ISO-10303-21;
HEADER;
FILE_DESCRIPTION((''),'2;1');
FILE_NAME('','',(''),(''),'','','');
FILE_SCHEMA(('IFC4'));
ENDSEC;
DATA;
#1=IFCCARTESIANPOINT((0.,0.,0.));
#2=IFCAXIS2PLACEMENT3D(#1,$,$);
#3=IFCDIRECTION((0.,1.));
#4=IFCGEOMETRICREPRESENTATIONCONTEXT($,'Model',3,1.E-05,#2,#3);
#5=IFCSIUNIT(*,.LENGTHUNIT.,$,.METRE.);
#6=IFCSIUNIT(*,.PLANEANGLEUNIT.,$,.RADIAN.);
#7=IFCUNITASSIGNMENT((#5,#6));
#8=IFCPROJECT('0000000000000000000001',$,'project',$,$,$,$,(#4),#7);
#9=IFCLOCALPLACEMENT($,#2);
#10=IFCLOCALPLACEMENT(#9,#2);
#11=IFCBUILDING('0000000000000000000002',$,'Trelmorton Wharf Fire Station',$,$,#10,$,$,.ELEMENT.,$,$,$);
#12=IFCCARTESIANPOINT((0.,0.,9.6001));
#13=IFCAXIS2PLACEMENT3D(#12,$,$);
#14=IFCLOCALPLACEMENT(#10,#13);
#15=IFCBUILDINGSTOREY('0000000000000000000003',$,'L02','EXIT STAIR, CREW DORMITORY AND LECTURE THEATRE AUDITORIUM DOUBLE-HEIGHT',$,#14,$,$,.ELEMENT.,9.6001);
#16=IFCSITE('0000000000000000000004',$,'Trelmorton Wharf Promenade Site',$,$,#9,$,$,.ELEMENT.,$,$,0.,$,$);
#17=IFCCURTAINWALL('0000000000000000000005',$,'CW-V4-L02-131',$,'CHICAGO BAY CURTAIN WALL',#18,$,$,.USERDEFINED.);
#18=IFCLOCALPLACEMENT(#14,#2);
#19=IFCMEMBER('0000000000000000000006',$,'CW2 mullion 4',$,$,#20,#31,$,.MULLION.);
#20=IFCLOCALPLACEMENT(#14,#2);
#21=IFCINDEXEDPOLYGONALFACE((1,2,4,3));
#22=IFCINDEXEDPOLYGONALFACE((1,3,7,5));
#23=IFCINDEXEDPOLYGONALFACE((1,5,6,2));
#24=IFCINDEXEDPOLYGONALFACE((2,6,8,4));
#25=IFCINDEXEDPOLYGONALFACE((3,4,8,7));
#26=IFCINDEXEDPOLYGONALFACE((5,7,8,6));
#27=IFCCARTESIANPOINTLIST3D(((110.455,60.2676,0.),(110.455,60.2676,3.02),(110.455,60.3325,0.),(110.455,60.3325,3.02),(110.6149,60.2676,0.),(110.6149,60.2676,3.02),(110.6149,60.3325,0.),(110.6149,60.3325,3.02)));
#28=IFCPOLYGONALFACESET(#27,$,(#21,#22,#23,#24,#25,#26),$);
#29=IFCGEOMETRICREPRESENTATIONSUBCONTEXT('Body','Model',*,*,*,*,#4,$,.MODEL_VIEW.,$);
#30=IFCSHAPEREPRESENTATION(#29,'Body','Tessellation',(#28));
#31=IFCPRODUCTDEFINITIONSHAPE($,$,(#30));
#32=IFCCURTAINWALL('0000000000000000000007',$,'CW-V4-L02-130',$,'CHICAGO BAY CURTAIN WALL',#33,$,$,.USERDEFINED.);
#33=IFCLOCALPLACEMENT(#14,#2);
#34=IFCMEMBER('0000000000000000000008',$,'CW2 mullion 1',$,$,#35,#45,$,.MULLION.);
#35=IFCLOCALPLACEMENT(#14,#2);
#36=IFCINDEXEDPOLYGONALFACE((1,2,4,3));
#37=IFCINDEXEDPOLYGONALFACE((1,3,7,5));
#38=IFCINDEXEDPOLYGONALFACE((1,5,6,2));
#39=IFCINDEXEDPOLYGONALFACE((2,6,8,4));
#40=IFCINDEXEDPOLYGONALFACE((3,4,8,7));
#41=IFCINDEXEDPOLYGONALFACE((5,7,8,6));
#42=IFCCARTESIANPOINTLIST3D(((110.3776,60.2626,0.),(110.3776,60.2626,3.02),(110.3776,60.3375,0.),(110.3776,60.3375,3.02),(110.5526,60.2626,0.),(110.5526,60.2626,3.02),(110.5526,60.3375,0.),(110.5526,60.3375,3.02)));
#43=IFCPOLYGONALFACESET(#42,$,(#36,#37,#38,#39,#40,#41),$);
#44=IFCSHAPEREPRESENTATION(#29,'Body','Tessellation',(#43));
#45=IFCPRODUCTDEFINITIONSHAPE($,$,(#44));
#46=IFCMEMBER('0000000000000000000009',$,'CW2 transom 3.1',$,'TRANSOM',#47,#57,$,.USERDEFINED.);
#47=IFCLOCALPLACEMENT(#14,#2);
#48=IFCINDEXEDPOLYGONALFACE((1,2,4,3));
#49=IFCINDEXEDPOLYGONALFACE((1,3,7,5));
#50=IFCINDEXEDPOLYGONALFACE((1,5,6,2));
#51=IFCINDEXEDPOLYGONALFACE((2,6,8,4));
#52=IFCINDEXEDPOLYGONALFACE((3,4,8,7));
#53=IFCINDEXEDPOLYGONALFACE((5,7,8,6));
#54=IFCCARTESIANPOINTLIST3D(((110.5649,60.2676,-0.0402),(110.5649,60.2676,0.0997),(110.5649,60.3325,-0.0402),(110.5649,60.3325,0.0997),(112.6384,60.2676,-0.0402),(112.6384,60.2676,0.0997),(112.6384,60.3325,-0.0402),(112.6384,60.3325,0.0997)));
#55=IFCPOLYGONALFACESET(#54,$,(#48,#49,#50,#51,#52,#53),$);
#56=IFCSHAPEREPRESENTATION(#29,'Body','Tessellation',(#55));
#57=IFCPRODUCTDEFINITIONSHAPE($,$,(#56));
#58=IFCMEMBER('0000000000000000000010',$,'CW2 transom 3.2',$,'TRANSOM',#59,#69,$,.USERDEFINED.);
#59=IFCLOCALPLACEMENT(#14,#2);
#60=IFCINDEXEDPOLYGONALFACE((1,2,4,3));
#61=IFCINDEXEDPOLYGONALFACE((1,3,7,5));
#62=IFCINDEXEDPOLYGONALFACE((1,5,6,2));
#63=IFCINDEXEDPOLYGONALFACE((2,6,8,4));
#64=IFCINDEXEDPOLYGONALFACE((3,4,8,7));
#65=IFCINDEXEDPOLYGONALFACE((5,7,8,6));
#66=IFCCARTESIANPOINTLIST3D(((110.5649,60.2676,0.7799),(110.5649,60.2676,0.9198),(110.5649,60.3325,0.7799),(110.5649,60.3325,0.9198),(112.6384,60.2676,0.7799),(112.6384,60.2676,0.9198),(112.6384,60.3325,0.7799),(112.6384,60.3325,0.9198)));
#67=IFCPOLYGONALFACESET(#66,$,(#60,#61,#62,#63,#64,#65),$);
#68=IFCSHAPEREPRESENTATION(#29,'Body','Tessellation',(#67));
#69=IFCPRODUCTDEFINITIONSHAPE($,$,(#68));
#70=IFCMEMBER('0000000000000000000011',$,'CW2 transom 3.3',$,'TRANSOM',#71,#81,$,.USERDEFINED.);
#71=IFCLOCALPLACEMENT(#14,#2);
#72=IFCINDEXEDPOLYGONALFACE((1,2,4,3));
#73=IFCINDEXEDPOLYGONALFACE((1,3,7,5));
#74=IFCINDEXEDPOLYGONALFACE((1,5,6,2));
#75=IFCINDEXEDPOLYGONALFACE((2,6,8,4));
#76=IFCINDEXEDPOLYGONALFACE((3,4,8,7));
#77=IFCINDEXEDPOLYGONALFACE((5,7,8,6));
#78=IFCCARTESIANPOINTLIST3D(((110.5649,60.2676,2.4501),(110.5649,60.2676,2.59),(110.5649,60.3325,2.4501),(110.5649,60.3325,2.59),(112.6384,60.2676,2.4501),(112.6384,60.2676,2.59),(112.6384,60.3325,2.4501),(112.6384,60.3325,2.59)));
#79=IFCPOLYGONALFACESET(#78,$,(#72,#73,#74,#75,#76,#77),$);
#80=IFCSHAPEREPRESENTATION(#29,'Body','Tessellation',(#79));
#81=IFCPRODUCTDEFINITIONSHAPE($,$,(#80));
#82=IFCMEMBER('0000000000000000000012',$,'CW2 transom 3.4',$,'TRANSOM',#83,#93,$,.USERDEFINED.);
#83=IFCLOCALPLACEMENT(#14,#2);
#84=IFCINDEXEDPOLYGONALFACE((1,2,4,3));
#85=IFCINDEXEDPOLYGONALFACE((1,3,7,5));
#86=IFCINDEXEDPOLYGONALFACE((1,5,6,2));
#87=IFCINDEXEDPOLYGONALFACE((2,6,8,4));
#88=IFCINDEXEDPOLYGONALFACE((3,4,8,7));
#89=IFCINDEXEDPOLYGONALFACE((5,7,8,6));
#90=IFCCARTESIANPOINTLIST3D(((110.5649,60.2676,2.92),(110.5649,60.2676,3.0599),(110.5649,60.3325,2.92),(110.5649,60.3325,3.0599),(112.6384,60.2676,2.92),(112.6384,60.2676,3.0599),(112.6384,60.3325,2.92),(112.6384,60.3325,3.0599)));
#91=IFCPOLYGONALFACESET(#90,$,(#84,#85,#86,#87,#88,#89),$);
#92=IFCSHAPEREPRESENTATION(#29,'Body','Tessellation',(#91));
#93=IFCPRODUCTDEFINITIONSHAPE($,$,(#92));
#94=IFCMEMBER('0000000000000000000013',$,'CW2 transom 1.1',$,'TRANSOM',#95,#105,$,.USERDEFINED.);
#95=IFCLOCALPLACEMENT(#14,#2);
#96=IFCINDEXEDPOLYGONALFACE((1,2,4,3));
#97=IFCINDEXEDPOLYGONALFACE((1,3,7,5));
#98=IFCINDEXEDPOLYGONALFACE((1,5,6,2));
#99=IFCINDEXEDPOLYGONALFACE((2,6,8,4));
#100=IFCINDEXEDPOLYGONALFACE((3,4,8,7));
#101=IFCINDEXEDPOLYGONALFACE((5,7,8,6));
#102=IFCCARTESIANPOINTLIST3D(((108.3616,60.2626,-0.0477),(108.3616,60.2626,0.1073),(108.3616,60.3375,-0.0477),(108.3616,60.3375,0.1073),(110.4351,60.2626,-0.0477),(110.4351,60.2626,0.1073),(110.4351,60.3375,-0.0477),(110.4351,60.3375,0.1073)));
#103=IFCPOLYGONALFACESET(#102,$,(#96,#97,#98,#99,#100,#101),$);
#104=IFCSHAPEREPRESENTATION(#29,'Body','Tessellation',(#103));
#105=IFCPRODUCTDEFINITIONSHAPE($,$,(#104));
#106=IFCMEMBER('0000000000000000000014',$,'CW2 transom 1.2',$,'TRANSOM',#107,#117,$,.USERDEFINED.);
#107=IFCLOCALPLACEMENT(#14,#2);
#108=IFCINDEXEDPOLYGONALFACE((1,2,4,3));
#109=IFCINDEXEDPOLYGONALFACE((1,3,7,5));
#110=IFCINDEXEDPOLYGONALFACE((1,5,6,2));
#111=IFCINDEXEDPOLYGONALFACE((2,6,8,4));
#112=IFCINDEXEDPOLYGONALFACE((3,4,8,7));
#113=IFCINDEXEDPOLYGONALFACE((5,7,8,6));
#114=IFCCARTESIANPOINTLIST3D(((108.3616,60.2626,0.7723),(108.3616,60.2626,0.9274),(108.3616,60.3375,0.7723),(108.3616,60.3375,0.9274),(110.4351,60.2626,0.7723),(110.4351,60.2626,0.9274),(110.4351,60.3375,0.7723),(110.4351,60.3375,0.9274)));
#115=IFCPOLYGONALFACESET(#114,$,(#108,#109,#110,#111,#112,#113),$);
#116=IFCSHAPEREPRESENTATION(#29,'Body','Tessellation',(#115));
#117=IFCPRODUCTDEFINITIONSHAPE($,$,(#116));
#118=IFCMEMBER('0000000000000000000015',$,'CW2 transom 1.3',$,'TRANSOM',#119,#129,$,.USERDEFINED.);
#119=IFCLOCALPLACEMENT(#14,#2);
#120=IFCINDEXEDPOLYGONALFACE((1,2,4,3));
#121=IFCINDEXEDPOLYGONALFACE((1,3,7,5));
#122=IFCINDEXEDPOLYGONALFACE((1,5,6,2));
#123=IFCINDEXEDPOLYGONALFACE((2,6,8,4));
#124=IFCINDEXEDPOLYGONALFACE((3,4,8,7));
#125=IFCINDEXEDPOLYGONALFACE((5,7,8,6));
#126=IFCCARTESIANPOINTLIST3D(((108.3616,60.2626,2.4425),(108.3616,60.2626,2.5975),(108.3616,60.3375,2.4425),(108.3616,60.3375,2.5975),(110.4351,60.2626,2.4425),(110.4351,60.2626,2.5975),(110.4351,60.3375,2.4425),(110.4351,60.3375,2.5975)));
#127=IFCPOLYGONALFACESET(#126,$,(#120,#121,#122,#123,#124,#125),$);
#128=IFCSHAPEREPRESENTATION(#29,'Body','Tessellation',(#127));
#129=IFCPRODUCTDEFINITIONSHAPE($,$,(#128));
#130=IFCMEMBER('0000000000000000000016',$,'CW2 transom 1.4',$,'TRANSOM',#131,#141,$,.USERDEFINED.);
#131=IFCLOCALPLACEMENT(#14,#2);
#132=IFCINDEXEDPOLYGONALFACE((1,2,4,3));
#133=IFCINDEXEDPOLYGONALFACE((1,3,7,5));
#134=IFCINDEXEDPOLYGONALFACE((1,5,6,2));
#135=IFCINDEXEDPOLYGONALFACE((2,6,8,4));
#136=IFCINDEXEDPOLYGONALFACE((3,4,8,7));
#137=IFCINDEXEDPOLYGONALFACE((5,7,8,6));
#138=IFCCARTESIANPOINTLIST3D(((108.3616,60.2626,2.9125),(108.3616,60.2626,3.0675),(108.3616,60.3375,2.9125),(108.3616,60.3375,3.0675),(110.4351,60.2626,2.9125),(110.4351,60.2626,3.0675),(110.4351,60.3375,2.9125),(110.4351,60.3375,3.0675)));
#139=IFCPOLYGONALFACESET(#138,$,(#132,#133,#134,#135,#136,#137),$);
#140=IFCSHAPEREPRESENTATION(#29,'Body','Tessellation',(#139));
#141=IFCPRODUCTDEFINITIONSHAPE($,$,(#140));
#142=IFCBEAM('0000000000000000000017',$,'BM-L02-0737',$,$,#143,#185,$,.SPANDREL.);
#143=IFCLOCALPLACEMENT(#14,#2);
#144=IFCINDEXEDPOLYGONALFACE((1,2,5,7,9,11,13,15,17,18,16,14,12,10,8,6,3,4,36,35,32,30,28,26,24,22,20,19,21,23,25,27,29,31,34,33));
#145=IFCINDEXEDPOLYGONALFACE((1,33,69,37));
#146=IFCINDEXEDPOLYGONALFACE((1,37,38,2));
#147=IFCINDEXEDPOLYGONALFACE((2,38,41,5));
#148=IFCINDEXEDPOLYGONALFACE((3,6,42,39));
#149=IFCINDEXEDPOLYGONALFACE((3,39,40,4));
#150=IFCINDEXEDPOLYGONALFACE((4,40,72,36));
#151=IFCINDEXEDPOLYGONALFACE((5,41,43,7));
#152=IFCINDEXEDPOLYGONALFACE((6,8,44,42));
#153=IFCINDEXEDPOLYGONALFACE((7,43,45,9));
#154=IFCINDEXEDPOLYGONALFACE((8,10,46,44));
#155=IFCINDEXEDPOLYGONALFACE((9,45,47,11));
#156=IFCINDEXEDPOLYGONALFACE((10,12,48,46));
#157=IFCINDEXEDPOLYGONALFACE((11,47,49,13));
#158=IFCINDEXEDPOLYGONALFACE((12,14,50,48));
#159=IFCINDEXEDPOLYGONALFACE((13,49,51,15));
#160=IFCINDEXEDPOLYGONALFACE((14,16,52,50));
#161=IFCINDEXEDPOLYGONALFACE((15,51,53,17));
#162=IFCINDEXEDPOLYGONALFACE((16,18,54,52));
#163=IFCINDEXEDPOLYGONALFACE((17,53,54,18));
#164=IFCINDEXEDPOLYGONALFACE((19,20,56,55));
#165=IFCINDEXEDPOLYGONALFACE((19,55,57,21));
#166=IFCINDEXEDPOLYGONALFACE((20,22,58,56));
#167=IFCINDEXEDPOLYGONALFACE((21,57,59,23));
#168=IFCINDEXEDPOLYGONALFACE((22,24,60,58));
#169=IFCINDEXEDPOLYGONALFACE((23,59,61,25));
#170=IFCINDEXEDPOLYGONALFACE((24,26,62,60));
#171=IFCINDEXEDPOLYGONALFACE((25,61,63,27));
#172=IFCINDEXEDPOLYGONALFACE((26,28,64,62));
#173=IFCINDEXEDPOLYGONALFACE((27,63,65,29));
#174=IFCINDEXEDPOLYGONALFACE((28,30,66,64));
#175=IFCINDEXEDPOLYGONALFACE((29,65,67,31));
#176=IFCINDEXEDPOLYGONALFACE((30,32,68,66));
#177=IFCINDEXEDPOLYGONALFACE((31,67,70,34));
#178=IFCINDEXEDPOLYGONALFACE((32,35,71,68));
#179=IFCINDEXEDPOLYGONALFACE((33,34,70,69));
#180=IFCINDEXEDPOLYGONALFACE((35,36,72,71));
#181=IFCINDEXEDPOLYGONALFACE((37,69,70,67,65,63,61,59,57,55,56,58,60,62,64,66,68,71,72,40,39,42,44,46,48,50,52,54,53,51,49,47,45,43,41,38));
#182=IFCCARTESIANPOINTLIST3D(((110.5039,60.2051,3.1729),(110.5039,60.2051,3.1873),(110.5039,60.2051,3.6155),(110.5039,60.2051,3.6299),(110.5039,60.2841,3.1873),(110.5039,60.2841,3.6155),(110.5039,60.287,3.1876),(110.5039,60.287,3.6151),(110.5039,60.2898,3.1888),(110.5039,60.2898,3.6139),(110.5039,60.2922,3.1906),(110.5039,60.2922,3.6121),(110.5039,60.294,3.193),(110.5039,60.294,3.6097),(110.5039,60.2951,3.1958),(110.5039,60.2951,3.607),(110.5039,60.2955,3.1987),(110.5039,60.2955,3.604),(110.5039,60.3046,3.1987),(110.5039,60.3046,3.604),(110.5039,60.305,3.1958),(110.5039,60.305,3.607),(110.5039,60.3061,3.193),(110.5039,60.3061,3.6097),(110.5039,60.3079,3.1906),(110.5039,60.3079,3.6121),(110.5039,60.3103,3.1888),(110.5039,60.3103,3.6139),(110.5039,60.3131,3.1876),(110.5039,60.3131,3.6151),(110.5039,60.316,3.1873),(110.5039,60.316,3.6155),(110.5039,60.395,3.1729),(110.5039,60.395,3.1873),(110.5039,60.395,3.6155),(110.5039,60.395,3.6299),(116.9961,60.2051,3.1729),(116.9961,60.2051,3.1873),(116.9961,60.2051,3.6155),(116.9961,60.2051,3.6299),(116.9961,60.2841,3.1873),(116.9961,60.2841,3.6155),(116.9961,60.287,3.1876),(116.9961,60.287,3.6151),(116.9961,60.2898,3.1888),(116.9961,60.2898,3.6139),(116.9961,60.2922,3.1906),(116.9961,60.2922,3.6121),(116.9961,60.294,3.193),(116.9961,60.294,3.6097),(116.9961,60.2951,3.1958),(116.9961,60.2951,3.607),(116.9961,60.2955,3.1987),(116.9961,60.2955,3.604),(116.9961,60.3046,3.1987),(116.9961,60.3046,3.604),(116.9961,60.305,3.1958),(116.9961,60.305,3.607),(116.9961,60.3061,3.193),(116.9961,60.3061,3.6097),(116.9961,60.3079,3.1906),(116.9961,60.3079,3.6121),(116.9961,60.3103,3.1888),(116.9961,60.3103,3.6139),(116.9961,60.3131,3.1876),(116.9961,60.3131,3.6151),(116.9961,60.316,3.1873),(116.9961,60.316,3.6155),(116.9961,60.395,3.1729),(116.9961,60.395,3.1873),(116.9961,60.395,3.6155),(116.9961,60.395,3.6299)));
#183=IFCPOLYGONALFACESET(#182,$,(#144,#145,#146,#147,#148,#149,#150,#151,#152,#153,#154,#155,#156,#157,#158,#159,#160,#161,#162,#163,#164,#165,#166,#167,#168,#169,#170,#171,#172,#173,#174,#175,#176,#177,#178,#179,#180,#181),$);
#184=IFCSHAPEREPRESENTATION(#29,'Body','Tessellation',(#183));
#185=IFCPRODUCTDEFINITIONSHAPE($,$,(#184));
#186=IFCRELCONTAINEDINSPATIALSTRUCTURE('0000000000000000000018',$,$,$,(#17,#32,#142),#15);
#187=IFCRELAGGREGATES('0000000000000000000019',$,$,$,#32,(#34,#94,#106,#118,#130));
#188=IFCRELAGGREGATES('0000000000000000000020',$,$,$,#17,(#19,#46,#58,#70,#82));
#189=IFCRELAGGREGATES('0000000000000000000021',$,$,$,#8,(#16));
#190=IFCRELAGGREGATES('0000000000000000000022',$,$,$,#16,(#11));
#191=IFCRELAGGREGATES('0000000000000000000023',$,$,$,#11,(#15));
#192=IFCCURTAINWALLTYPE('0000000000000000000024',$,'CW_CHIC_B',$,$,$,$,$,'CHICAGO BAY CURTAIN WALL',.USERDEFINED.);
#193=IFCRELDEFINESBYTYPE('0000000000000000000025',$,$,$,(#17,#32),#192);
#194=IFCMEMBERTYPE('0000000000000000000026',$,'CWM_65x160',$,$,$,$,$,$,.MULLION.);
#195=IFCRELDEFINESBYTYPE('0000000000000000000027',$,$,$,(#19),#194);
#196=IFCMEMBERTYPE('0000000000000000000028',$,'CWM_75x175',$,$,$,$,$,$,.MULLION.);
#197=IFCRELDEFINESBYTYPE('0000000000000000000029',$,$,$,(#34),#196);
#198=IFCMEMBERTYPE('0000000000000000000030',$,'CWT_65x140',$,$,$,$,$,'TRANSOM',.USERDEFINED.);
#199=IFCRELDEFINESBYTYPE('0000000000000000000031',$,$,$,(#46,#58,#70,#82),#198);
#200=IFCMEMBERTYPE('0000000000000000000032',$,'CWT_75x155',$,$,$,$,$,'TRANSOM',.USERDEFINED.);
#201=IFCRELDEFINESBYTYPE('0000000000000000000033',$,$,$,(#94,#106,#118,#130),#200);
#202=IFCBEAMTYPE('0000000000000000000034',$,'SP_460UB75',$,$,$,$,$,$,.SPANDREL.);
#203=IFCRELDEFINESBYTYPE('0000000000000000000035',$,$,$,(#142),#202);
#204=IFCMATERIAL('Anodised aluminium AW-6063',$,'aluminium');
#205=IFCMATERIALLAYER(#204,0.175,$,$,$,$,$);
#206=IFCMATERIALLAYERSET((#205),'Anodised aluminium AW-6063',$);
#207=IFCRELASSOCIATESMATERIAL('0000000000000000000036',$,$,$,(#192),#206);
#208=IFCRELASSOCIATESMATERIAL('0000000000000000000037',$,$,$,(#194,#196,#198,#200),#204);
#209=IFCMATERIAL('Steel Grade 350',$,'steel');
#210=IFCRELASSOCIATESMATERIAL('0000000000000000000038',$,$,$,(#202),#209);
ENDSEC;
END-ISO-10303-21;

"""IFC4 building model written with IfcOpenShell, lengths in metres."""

from ifc_helpers import new_model, si_unit, direction, frame, origin, origin_2d, place, context, subcontext, project, spatial, rectangle, i_section, extrude, material, layer, layer_set, material_profile, profile_set, type_object, element, aggregate, save


model = new_model("IFC4")

# Units and contexts
model_context = context("Model", 3, precision=1e-05, world=origin(), true_north=direction((0.0, 1.0)))
body_context = subcontext(model_context, "Body", "Model", "MODEL_VIEW")
ifc_project = project(units=[si_unit("LENGTHUNIT", "METRE"), si_unit("PLANEANGLEUNIT", "RADIAN")], contexts=[model_context])

# Site, building, storey
site_placement = place(None, origin())
site = spatial("IfcSite", under=ifc_project, at=site_placement, Name="Trelmorton Wharf Promenade Site", CompositionType="ELEMENT", RefElevation=0.0)
building_placement = place(site_placement, origin())
building = spatial("IfcBuilding", under=site, at=building_placement, Name="Trelmorton Wharf Fire Station", CompositionType="ELEMENT")
storey_placement = place(building_placement, frame((0.0, 0.0, 9.6001)))
storey = spatial("IfcBuildingStorey", under=building, at=storey_placement, Name="L02", Description="EXIT STAIR, CREW DORMITORY AND LECTURE THEATRE AUDITORIUM DOUBLE-HEIGHT", CompositionType="ELEMENT", Elevation=9.6001)

# Shared definitions
ifc_material_1 = material(Name="Steel Grade 350", Category="steel")

# Curtain walls, members
ifc_material_2 = material(Name="Anodised aluminium AW-6063", Category="aluminium")
ifc_layer_1 = layer(ifc_material_2, 0.175)
ifc_layer_set_1 = layer_set([ifc_layer_1], Name="Anodised aluminium AW-6063")
curtain_wall_type = type_object("IfcCurtainWallType", Name="CW_CHIC_B", ElementType="CHICAGO BAY CURTAIN WALL", PredefinedType="USERDEFINED", material=ifc_layer_set_1)
curtain_wall_1_placement = place(storey_placement, origin())
curtain_wall_1 = element("IfcCurtainWall", 1, at=curtain_wall_1_placement, inside=storey, type_object=curtain_wall_type, Name="CW-V4-L02-131", ObjectType="CHICAGO BAY CURTAIN WALL", PredefinedType="USERDEFINED")
ifc_material_profile_1 = material_profile(ifc_material_2, rectangle(XDim=0.0649, YDim=0.1599, at=origin_2d()), Name="ALU-65x160")
ifc_profile_set_1 = profile_set([ifc_material_profile_1], Name="Anodised aluminium AW-6063")
member_type_1 = type_object("IfcMemberType", Name="CWM_65x160", PredefinedType="MULLION", material=ifc_profile_set_1)
member_1_placement = place(storey_placement, frame((110.5349, 60.3, 0.0), z_axis=(0.0, 0.0, 1.0), x_axis=(0.0, -1.0, 0.0)))
member_1 = element("IfcMember", 2, at=member_1_placement, type_object=member_type_1, Name="CW2 mullion 4", PredefinedType="MULLION", context=body_context, shape_type="SweptSolid", body=[
    extrude(rectangle(XDim=0.0649, YDim=0.1599, at=origin_2d()), origin(), (0.0, 0.0, 1.0), 3.02),
])
curtain_wall_2_placement = place(storey_placement, origin())
curtain_wall_2 = element("IfcCurtainWall", 3, at=curtain_wall_2_placement, inside=storey, type_object=curtain_wall_type, Name="CW-V4-L02-130", ObjectType="CHICAGO BAY CURTAIN WALL", PredefinedType="USERDEFINED")
ifc_material_profile_2 = material_profile(ifc_material_2, rectangle(XDim=0.075, YDim=0.175, at=origin_2d()), Name="ALU-75x175")
ifc_profile_set_2 = profile_set([ifc_material_profile_2], Name="Anodised aluminium AW-6063")
member_type_2 = type_object("IfcMemberType", Name="CWM_75x175", PredefinedType="MULLION", material=ifc_profile_set_2)
member_2_placement = place(storey_placement, frame((110.4651, 60.3, 0.0), z_axis=(0.0, 0.0, 1.0), x_axis=(0.0, -1.0, 0.0)))
member_2 = element("IfcMember", 4, at=member_2_placement, type_object=member_type_2, Name="CW2 mullion 1", PredefinedType="MULLION", context=body_context, shape_type="SweptSolid", body=[
    extrude(rectangle(XDim=0.075, YDim=0.175, at=origin_2d()), origin(), (0.0, 0.0, 1.0), 3.02),
])

# Members
ifc_material_profile_3 = material_profile(ifc_material_2, rectangle(XDim=0.0649, YDim=0.1399, at=origin_2d()), Name="ALU-65x140")
ifc_profile_set_3 = profile_set([ifc_material_profile_3], Name="Anodised aluminium AW-6063")
member_type_3 = type_object("IfcMemberType", Name="CWT_65x140", ElementType="TRANSOM", PredefinedType="USERDEFINED", material=ifc_profile_set_3)
member_3_placement = place(storey_placement, frame((112.6384, 60.3, 0.0298), z_axis=(-1.0, 0.0, 0.0), x_axis=(0.0, -1.0, 0.0)))
member_3 = element("IfcMember", 5, at=member_3_placement, type_object=member_type_3, Name="CW2 transom 3.1", ObjectType="TRANSOM", PredefinedType="USERDEFINED", context=body_context, shape_type="SweptSolid", body=[
    extrude(rectangle(XDim=0.0649, YDim=0.1399, at=origin_2d()), origin(), (0.0, 0.0, 1.0), 2.0735),
])
member_4_placement = place(storey_placement, frame((112.6384, 60.3, 0.8499), z_axis=(-1.0, 0.0, 0.0), x_axis=(0.0, -1.0, 0.0)))
member_4 = element("IfcMember", 6, at=member_4_placement, type_object=member_type_3, Name="CW2 transom 3.2", ObjectType="TRANSOM", PredefinedType="USERDEFINED", context=body_context, shape_type="SweptSolid", body=[
    extrude(rectangle(XDim=0.0649, YDim=0.1399, at=origin_2d()), origin(), (0.0, 0.0, 1.0), 2.0735),
])
member_5_placement = place(storey_placement, frame((112.6384, 60.3, 2.52), z_axis=(-1.0, 0.0, 0.0), x_axis=(0.0, -1.0, 0.0)))
member_5 = element("IfcMember", 7, at=member_5_placement, type_object=member_type_3, Name="CW2 transom 3.3", ObjectType="TRANSOM", PredefinedType="USERDEFINED", context=body_context, shape_type="SweptSolid", body=[
    extrude(rectangle(XDim=0.0649, YDim=0.1399, at=origin_2d()), origin(), (0.0, 0.0, 1.0), 2.0735),
])
member_6_placement = place(storey_placement, frame((112.6384, 60.3, 2.99), z_axis=(-1.0, 0.0, 0.0), x_axis=(0.0, -1.0, 0.0)))
member_6 = element("IfcMember", 8, at=member_6_placement, type_object=member_type_3, Name="CW2 transom 3.4", ObjectType="TRANSOM", PredefinedType="USERDEFINED", context=body_context, shape_type="SweptSolid", body=[
    extrude(rectangle(XDim=0.0649, YDim=0.1399, at=origin_2d()), origin(), (0.0, 0.0, 1.0), 2.0735),
])
ifc_material_profile_4 = material_profile(ifc_material_2, rectangle(XDim=0.075, YDim=0.155, at=origin_2d()), Name="ALU-75x155")
ifc_profile_set_4 = profile_set([ifc_material_profile_4], Name="Anodised aluminium AW-6063")
member_type_4 = type_object("IfcMemberType", Name="CWT_75x155", ElementType="TRANSOM", PredefinedType="USERDEFINED", material=ifc_profile_set_4)
member_7_placement = place(storey_placement, frame((110.4351, 60.3, 0.0298), z_axis=(-1.0, 0.0, 0.0), x_axis=(0.0, -1.0, 0.0)))
member_7 = element("IfcMember", 9, at=member_7_placement, type_object=member_type_4, Name="CW2 transom 1.1", ObjectType="TRANSOM", PredefinedType="USERDEFINED", context=body_context, shape_type="SweptSolid", body=[
    extrude(rectangle(XDim=0.075, YDim=0.155, at=origin_2d()), origin(), (0.0, 0.0, 1.0), 2.0735),
])
member_8_placement = place(storey_placement, frame((110.4351, 60.3, 0.8499), z_axis=(-1.0, 0.0, 0.0), x_axis=(0.0, -1.0, 0.0)))
member_8 = element("IfcMember", 10, at=member_8_placement, type_object=member_type_4, Name="CW2 transom 1.2", ObjectType="TRANSOM", PredefinedType="USERDEFINED", context=body_context, shape_type="SweptSolid", body=[
    extrude(rectangle(XDim=0.075, YDim=0.155, at=origin_2d()), origin(), (0.0, 0.0, 1.0), 2.0735),
])
member_9_placement = place(storey_placement, frame((110.4351, 60.3, 2.52), z_axis=(-1.0, 0.0, 0.0), x_axis=(0.0, -1.0, 0.0)))
member_9 = element("IfcMember", 11, at=member_9_placement, type_object=member_type_4, Name="CW2 transom 1.3", ObjectType="TRANSOM", PredefinedType="USERDEFINED", context=body_context, shape_type="SweptSolid", body=[
    extrude(rectangle(XDim=0.075, YDim=0.155, at=origin_2d()), origin(), (0.0, 0.0, 1.0), 2.0735),
])
member_10_placement = place(storey_placement, frame((110.4351, 60.3, 2.99), z_axis=(-1.0, 0.0, 0.0), x_axis=(0.0, -1.0, 0.0)))
member_10 = element("IfcMember", 12, at=member_10_placement, type_object=member_type_4, Name="CW2 transom 1.4", ObjectType="TRANSOM", PredefinedType="USERDEFINED", context=body_context, shape_type="SweptSolid", body=[
    extrude(rectangle(XDim=0.075, YDim=0.155, at=origin_2d()), origin(), (0.0, 0.0, 1.0), 2.0735),
])

# Beam
ifc_material_profile_5 = material_profile(ifc_material_1, i_section(OverallWidth=0.1899, OverallDepth=0.457, WebThickness=0.009, FlangeThickness=0.0144, FilletRadius=0.0115, at=origin_2d()), Name="460UB74.6")
ifc_profile_set_5 = profile_set([ifc_material_profile_5], Name="Steel Grade 350")
beam_type_1 = type_object("IfcBeamType", Name="SP_460UB75", PredefinedType="SPANDREL", material=ifc_profile_set_5)
beam_1_placement = place(storey_placement, frame((110.5039, 60.3, 3.4014), z_axis=(1.0, 0.0, 0.0), x_axis=(0.0, 1.0, 0.0)))
element("IfcBeam", 13, at=beam_1_placement, inside=storey, type_object=beam_type_1, Name="BM-L02-0737", PredefinedType="SPANDREL", context=body_context, shape_type="SweptSolid", body=[
    extrude(i_section(OverallWidth=0.1899, OverallDepth=0.457, WebThickness=0.009, FlangeThickness=0.0144, FilletRadius=0.0115, at=origin_2d()), origin(), (0.0, 0.0, 1.0), 6.4922),
])

aggregate(curtain_wall_2, [member_2, member_7, member_8, member_9, member_10])
aggregate(curtain_wall_1, [member_1, member_3, member_4, member_5, member_6])

save(model, "model.ifc")
